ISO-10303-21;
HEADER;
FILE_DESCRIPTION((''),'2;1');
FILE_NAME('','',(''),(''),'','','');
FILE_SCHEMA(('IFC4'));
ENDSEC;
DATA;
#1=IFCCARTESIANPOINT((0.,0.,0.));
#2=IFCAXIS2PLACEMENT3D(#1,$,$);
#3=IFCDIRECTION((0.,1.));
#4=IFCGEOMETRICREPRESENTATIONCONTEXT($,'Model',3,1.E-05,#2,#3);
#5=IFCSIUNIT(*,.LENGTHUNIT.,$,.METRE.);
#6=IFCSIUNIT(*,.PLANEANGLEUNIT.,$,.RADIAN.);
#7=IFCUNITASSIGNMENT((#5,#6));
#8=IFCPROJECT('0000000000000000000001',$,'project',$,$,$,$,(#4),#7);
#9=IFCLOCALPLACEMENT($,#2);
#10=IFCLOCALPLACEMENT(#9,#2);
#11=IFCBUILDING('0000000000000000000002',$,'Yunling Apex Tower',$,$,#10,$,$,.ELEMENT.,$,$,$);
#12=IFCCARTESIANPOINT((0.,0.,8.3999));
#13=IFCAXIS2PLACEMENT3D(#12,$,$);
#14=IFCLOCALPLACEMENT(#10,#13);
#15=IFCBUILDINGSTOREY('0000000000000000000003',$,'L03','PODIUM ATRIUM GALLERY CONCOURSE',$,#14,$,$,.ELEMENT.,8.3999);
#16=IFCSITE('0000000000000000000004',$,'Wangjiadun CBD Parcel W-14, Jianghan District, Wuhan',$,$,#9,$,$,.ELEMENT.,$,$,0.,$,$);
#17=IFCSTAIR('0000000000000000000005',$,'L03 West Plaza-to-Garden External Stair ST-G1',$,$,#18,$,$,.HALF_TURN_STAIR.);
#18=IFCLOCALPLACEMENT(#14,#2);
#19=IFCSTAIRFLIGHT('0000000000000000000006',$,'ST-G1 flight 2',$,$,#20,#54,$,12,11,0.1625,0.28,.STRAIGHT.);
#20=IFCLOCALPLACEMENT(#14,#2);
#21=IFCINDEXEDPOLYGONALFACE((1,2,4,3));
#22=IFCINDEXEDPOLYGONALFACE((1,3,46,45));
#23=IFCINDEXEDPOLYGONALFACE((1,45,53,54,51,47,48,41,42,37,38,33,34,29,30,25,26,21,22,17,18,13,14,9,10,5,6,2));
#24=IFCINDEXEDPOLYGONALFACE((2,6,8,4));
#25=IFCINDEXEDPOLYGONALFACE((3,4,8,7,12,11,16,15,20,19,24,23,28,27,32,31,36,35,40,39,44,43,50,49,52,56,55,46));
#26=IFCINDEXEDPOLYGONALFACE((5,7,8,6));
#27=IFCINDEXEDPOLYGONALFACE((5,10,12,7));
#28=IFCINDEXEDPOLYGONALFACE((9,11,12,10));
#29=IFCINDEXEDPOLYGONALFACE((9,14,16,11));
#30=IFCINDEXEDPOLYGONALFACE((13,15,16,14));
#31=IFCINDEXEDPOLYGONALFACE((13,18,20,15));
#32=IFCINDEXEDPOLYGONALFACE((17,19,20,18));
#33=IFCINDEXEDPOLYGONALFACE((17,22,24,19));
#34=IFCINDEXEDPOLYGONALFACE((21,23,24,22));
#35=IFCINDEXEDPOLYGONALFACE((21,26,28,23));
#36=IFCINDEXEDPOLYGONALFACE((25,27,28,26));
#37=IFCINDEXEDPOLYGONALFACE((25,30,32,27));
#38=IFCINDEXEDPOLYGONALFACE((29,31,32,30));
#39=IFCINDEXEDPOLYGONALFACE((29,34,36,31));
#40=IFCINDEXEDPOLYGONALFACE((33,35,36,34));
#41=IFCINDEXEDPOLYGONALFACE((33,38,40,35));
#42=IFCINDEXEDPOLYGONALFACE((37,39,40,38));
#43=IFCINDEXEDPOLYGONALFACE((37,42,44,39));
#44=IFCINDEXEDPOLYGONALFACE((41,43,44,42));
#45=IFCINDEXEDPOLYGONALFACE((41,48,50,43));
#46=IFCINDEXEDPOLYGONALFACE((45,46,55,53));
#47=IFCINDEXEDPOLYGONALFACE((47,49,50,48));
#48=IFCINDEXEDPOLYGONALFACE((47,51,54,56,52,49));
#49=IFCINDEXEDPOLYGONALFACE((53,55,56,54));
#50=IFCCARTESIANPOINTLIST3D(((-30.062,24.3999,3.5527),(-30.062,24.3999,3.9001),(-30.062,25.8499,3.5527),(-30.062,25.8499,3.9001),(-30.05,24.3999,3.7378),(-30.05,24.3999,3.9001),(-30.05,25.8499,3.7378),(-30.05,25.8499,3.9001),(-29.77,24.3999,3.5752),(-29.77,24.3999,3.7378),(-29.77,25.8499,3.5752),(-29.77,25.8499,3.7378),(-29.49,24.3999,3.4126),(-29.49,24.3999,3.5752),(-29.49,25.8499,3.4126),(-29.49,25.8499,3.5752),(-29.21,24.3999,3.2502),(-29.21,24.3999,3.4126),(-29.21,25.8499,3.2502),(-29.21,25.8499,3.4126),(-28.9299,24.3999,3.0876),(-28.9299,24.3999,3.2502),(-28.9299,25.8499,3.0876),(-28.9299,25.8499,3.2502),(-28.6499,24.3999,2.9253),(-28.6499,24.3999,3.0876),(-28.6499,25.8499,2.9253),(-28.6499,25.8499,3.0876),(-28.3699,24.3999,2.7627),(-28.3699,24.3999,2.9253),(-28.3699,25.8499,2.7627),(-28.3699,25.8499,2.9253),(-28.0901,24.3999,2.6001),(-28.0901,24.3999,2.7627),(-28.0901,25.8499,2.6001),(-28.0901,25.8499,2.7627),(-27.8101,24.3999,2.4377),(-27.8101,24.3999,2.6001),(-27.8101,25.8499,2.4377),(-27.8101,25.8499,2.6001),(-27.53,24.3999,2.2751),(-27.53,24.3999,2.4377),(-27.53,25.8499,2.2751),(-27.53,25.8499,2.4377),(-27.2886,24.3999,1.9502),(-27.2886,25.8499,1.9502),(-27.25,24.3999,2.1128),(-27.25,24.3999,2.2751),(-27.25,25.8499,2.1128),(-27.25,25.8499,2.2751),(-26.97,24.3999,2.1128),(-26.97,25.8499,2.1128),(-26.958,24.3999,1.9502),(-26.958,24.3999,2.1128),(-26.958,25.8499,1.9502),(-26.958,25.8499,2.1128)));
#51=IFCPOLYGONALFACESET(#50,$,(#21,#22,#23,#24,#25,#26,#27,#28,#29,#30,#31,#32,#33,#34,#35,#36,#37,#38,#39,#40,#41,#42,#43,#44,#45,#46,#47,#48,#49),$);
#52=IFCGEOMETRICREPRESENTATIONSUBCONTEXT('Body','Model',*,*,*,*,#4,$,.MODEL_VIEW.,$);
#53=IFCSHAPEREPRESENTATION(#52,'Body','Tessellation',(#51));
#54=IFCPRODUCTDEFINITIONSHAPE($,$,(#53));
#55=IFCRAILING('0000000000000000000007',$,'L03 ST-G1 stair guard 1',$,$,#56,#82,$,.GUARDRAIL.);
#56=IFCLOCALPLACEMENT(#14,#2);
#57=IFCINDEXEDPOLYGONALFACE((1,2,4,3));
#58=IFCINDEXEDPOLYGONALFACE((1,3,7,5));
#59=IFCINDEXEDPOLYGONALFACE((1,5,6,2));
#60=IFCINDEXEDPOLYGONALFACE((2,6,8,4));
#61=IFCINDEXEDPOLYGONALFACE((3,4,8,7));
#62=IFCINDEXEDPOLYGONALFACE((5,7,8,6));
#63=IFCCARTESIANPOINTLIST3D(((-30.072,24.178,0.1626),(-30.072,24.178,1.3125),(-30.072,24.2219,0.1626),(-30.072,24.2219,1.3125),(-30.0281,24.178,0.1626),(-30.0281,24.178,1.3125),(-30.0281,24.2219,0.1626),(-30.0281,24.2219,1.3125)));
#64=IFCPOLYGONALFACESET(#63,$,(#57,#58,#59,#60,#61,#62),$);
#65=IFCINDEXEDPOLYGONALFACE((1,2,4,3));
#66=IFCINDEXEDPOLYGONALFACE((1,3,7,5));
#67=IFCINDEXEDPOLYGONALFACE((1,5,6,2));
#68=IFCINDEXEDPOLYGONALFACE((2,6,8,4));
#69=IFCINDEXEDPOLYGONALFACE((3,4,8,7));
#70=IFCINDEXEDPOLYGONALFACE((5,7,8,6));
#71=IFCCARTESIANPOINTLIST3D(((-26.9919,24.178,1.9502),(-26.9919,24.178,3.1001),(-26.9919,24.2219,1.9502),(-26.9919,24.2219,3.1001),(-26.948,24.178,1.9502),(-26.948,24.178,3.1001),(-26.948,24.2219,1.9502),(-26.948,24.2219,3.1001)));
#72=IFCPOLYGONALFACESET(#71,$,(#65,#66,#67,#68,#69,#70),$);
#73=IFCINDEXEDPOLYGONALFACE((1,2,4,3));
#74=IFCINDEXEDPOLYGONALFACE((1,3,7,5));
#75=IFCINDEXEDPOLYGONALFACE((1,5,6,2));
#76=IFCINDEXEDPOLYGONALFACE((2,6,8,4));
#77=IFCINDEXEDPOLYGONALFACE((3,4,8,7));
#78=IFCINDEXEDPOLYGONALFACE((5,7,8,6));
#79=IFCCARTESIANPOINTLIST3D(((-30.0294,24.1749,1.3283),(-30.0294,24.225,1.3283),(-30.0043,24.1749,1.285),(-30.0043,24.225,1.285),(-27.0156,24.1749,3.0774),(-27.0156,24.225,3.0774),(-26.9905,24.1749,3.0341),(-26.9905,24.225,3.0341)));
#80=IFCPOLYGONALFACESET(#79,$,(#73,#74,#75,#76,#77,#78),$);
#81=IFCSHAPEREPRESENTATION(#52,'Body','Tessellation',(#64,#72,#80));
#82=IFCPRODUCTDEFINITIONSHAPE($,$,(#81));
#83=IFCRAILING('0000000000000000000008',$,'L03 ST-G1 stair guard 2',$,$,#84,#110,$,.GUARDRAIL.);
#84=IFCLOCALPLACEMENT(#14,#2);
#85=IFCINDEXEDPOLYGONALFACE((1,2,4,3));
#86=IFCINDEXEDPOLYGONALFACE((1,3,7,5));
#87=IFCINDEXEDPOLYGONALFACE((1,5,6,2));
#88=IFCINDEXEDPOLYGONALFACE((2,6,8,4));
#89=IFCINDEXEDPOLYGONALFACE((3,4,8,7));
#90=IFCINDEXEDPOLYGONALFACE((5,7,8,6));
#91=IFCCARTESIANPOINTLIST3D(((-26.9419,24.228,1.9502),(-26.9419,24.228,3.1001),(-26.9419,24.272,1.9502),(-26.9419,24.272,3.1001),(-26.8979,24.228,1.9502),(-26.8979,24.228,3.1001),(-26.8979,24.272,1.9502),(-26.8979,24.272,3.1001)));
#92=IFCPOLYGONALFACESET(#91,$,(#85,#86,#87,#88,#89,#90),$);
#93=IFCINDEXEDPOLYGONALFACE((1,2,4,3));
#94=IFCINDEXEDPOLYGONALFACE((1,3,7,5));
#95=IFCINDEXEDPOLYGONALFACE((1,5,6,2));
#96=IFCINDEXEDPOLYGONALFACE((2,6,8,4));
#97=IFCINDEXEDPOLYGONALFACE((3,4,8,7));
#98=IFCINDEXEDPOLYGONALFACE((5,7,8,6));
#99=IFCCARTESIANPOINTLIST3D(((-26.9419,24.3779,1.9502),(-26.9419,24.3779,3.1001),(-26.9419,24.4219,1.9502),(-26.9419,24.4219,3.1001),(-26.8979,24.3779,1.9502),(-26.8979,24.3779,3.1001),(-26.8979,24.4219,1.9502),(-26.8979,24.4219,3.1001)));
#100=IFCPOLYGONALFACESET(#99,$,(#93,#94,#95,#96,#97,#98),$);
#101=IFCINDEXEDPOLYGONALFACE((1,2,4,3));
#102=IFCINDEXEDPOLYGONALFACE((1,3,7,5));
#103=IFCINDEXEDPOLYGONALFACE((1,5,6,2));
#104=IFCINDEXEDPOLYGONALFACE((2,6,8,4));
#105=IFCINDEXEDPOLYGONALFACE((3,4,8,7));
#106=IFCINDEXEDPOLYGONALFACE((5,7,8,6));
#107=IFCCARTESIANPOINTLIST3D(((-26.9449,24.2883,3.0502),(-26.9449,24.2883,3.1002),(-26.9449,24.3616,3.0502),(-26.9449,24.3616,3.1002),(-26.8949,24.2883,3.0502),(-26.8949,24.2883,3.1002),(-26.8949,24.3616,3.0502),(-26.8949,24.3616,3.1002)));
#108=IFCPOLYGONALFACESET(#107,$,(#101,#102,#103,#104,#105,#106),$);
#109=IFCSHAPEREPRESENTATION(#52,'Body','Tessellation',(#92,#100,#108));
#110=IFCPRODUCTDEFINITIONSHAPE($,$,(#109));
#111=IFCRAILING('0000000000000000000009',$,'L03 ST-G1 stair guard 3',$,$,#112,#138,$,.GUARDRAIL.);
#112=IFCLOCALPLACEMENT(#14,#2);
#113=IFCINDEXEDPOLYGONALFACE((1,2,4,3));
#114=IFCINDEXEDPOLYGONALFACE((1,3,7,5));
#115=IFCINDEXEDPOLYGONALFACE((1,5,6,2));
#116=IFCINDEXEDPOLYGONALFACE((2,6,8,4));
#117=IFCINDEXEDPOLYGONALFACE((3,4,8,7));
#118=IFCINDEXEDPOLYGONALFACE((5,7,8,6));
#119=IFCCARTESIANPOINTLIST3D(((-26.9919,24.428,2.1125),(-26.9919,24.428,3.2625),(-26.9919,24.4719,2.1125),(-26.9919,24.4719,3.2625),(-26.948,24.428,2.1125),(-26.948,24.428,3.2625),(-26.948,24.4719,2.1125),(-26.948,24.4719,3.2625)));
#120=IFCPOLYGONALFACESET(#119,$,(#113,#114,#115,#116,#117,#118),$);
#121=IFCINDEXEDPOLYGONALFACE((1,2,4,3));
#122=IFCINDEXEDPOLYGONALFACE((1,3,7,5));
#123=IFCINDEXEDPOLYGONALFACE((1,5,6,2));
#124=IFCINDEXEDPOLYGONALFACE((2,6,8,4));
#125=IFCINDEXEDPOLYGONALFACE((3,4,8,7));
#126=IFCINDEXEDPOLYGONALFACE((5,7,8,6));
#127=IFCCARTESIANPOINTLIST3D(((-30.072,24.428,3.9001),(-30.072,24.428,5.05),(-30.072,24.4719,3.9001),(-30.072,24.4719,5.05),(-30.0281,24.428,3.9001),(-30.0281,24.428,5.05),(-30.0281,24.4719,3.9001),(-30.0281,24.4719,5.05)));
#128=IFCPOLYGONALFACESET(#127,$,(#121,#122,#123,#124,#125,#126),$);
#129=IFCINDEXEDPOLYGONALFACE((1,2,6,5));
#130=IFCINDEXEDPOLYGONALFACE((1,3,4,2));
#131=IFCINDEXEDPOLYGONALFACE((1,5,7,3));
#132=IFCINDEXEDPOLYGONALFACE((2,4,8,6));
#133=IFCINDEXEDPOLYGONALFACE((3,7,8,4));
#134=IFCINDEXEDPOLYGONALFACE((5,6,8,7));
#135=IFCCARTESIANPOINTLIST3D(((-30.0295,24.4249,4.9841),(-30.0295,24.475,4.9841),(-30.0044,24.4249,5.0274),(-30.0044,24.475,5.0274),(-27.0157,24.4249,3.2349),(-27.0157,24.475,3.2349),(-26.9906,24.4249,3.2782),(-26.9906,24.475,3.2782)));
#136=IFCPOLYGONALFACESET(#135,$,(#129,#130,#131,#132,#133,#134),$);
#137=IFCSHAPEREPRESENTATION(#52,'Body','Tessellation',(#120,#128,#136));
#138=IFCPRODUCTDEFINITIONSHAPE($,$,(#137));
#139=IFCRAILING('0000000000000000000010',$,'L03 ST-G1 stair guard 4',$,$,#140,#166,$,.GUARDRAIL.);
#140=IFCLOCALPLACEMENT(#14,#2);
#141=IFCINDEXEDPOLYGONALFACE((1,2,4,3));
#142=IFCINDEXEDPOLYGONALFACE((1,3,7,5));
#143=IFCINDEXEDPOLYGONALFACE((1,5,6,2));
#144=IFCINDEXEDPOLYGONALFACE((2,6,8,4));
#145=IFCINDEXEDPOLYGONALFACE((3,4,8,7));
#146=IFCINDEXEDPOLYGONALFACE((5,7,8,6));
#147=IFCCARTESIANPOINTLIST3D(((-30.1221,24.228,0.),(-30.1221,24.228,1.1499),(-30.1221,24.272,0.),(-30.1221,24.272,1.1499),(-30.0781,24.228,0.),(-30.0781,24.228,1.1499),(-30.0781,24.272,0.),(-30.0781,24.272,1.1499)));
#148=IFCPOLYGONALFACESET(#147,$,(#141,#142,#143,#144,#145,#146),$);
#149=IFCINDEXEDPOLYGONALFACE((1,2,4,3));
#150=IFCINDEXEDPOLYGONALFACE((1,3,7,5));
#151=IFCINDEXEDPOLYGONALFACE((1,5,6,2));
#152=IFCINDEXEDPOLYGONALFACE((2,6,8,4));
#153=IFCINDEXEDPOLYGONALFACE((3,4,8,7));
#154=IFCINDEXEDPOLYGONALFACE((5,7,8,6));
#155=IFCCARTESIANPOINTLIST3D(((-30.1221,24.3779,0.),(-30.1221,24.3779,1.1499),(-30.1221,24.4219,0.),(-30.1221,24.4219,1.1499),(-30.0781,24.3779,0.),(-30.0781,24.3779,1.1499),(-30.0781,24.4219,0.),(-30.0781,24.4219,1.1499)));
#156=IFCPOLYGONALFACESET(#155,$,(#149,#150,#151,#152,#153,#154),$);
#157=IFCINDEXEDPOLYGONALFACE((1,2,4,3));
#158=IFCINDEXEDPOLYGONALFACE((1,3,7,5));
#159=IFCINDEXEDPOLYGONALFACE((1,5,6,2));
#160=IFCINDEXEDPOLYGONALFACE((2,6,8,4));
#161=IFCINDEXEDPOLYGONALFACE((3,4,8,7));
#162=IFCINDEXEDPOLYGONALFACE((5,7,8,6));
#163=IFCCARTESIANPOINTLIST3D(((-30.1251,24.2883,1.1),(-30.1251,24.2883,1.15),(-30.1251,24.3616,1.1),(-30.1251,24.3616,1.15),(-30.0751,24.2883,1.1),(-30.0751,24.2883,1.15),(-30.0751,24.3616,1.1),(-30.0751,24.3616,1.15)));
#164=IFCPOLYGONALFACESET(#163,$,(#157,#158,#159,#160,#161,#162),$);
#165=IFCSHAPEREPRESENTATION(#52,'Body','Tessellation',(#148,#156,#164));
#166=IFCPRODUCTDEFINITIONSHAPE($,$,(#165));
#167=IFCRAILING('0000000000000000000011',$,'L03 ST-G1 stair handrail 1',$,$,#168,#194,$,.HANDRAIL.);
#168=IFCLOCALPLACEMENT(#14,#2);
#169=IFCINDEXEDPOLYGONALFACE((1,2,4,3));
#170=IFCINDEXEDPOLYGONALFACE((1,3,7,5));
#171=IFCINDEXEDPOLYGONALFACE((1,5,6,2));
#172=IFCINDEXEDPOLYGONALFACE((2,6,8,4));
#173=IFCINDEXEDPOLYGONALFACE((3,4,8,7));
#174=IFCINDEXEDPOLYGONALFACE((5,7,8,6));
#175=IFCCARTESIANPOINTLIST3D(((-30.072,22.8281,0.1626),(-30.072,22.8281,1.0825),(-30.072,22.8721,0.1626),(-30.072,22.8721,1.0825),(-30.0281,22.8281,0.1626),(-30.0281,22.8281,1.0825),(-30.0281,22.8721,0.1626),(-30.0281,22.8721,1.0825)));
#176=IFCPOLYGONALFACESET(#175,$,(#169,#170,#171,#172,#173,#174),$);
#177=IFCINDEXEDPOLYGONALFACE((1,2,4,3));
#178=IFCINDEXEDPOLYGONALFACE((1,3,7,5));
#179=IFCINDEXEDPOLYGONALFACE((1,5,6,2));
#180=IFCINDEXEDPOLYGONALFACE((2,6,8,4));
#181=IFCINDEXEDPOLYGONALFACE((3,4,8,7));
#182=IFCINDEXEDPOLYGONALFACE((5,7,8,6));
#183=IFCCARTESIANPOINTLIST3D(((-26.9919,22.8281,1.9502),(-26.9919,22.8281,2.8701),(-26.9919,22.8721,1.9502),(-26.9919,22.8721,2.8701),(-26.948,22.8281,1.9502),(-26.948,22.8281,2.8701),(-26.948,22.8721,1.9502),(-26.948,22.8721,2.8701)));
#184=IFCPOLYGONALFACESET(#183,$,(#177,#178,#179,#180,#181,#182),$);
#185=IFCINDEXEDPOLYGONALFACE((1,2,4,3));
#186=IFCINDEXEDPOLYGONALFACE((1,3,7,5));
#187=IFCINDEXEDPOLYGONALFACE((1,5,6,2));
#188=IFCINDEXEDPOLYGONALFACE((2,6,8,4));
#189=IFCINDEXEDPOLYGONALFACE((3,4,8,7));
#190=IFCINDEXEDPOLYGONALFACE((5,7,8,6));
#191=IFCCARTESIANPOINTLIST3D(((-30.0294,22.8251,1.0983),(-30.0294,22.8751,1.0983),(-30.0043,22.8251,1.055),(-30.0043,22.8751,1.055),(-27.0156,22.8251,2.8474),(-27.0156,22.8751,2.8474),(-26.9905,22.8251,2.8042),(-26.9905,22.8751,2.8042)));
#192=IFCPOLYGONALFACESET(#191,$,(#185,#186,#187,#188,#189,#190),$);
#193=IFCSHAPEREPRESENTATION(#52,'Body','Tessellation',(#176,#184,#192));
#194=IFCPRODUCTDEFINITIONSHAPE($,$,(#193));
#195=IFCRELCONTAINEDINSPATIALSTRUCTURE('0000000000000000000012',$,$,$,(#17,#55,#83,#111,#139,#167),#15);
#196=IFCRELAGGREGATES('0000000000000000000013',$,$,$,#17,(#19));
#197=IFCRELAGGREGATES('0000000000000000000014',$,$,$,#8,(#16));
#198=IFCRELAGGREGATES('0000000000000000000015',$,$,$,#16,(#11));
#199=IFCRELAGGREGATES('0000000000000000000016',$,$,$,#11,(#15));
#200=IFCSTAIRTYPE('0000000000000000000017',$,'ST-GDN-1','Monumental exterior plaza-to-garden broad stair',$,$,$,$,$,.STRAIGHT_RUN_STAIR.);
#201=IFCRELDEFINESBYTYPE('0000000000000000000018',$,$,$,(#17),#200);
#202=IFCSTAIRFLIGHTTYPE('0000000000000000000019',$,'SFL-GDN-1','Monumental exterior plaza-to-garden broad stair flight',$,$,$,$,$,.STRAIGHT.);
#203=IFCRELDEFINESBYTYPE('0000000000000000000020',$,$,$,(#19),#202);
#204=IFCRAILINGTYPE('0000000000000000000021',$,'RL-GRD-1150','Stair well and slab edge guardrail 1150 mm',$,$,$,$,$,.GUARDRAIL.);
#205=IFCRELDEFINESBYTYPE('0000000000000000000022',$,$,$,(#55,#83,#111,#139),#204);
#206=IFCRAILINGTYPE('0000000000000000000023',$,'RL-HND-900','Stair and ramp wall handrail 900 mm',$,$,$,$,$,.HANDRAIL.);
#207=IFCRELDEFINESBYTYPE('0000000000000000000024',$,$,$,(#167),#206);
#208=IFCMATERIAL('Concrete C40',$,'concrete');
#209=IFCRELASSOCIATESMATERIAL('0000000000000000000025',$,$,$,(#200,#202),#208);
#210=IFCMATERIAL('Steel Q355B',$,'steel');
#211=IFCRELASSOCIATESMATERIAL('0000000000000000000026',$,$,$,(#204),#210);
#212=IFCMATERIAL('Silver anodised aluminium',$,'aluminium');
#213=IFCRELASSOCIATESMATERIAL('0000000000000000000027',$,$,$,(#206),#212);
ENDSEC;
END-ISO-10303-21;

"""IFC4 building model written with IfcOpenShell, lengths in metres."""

from ifc_helpers import new_model, si_unit, direction, frame, origin, origin_2d, place, context, subcontext, project, spatial, polyline, rectangle, outline, extrude, material, type_object, element, aggregate, save


model = new_model("IFC4")

# Units and contexts
model_context = context("Model", 3, precision=1e-05, world=origin(), true_north=direction((0.0, 1.0)))
body_context = subcontext(model_context, "Body", "Model", "MODEL_VIEW")
ifc_project = project(units=[si_unit("LENGTHUNIT", "METRE"), si_unit("PLANEANGLEUNIT", "RADIAN")], contexts=[model_context])

# Site, building, storey
site_placement = place(None, origin())
site = spatial("IfcSite", under=ifc_project, at=site_placement, Name="Wangjiadun CBD Parcel W-14, Jianghan District, Wuhan", CompositionType="ELEMENT", RefElevation=0.0)
building_placement = place(site_placement, origin())
building = spatial("IfcBuilding", under=site, at=building_placement, Name="Yunling Apex Tower", CompositionType="ELEMENT")
storey_placement = place(building_placement, frame((0.0, 0.0, 8.3999)))
storey = spatial("IfcBuildingStorey", under=building, at=storey_placement, Name="L03", Description="PODIUM ATRIUM GALLERY CONCOURSE", CompositionType="ELEMENT", Elevation=8.3999)

# Shared definitions
ifc_material_1 = material(Name="Steel Q355B", Category="steel")

# Shared definitions
ifc_material_2 = material(Name="Concrete C40", Category="concrete")

# Stair, stair flight
stair_type = type_object("IfcStairType", Name="ST-GDN-1", Description="Monumental exterior plaza-to-garden broad stair", PredefinedType="STRAIGHT_RUN_STAIR", material=ifc_material_2)
stair_placement = place(storey_placement, origin())
stair = element("IfcStair", 1, at=stair_placement, inside=storey, type_object=stair_type, Name="L03 West Plaza-to-Garden External Stair ST-G1", PredefinedType="HALF_TURN_STAIR")
stair_flight_type = type_object("IfcStairFlightType", Name="SFL-GDN-1", Description="Monumental exterior plaza-to-garden broad stair flight", PredefinedType="STRAIGHT", material=ifc_material_2)
stair_flight_1_placement = place(storey_placement, frame((-26.97, 25.125, 1.9502), z_axis=(0.0, 0.0, 1.0), x_axis=(-1.0, 0.0, 0.0)))
stair_flight_1 = element("IfcStairFlight", 2, at=stair_flight_1_placement, type_object=stair_flight_type, Name="ST-G1 flight 2", NumberOfRisers=12, NumberOfTreads=11, PredefinedType="STRAIGHT", RiserHeight=0.1625, TreadLength=0.28, context=body_context, shape_type="SweptSolid", body=[
    extrude(outline(polyline([(-0.012, 0.0), (-0.012, 0.1626), (0.0, 0.1626), (0.28, 0.1626), (0.28, 0.325), (0.5601, 0.325), (0.5601, 0.4875), (0.8401, 0.4875), (0.8401, 0.6499), (1.1201, 0.6499), (1.1201, 0.8125), (1.3999, 0.8125), (1.3999, 0.9751), (1.6799, 0.9751), (1.6799, 1.1375), (1.96, 1.1375), (1.96, 1.3), (2.24, 1.3), (2.24, 1.4624), (2.52, 1.4624), (2.52, 1.625), (2.8, 1.625), (2.8, 1.7876), (3.0801, 1.7876), (3.0801, 1.95), (3.092, 1.95), (3.092, 1.6025), (0.3186, 0.0), (-0.012, 0.0)])), frame((0.0, 0.7251, 0.0), z_axis=(0.0, -1.0, 0.0), x_axis=(1.0, 0.0, 0.0)), (0.0, 0.0, 1.0), 1.45),
])
aggregate(stair, [stair_flight_1])

# Railings
railing_type_1 = type_object("IfcRailingType", Name="RL-GRD-1150", Description="Stair well and slab edge guardrail 1150 mm", PredefinedType="GUARDRAIL", material=ifc_material_1)
railing_1_placement = place(storey_placement, frame((-30.05, 24.2, 0.1626)))
element("IfcRailing", 3, at=railing_1_placement, inside=storey, type_object=railing_type_1, Name="L03 ST-G1 stair guard 1", PredefinedType="GUARDRAIL", context=body_context, shape_type="SweptSolid", body=[
    extrude(rectangle(XDim=0.0439, YDim=0.0439, at=origin_2d()), origin(), (0.0, 0.0, 1.0), 1.1499),
    extrude(rectangle(XDim=0.0439, YDim=0.0439, at=origin_2d()), frame((3.0801, 0.0, 1.7876)), (0.0, 0.0, 1.0), 1.1499),
    extrude(rectangle(XDim=0.05, YDim=0.05, at=origin_2d()), frame((0.0332, 0.0, 1.144), z_axis=(0.864891, 0.0, 0.50196), x_axis=(0.0, 1.0, 0.0)), (0.0, 0.0, 1.0), 3.4846),
])
railing_2_placement = place(storey_placement, frame((-26.9199, 24.25, 1.9502)))
element("IfcRailing", 4, at=railing_2_placement, inside=storey, type_object=railing_type_1, Name="L03 ST-G1 stair guard 2", PredefinedType="GUARDRAIL", context=body_context, shape_type="SweptSolid", body=[
    extrude(rectangle(XDim=0.0439, YDim=0.0439, at=origin_2d()), origin(), (0.0, 0.0, 1.0), 1.1499),
    extrude(rectangle(XDim=0.0439, YDim=0.0439, at=origin_2d()), frame((0.0, 0.1499, 0.0)), (0.0, 0.0, 1.0), 1.1499),
    extrude(rectangle(XDim=0.05, YDim=0.05, at=origin_2d()), frame((0.0, 0.0383, 1.125), z_axis=(0.0, 1.0, 0.0), x_axis=(-1.0, 0.0, 0.0)), (0.0, 0.0, 1.0), 0.0732),
])
railing_3_placement = place(storey_placement, frame((-26.97, 24.45, 2.1125)))
element("IfcRailing", 5, at=railing_3_placement, inside=storey, type_object=railing_type_1, Name="L03 ST-G1 stair guard 3", PredefinedType="GUARDRAIL", context=body_context, shape_type="SweptSolid", body=[
    extrude(rectangle(XDim=0.0439, YDim=0.0439, at=origin_2d()), origin(), (0.0, 0.0, 1.0), 1.1499),
    extrude(rectangle(XDim=0.0439, YDim=0.0439, at=origin_2d()), frame((-3.0801, 0.0, 1.7876)), (0.0, 0.0, 1.0), 1.1499),
    extrude(rectangle(XDim=0.05, YDim=0.05, at=origin_2d()), frame((-0.0332, 0.0, 1.144), z_axis=(-0.864891, 0.0, 0.50196), x_axis=(0.0, -1.0, 0.0)), (0.0, 0.0, 1.0), 3.4846),
])
railing_4_placement = place(storey_placement, frame((-30.1001, 24.25, 0.0)))
element("IfcRailing", 6, at=railing_4_placement, inside=storey, type_object=railing_type_1, Name="L03 ST-G1 stair guard 4", PredefinedType="GUARDRAIL", context=body_context, shape_type="SweptSolid", body=[
    extrude(rectangle(XDim=0.0439, YDim=0.0439, at=origin_2d()), origin(), (0.0, 0.0, 1.0), 1.1499),
    extrude(rectangle(XDim=0.0439, YDim=0.0439, at=origin_2d()), frame((0.0, 0.1499, 0.0)), (0.0, 0.0, 1.0), 1.1499),
    extrude(rectangle(XDim=0.05, YDim=0.05, at=origin_2d()), frame((0.0, 0.0383, 1.125), z_axis=(0.0, 1.0, 0.0), x_axis=(-1.0, 0.0, 0.0)), (0.0, 0.0, 1.0), 0.0732),
])
ifc_material_3 = material(Name="Silver anodised aluminium", Category="aluminium")
railing_type_2 = type_object("IfcRailingType", Name="RL-HND-900", Description="Stair and ramp wall handrail 900 mm", PredefinedType="HANDRAIL", material=ifc_material_3)
railing_5_placement = place(storey_placement, frame((-30.05, 22.8501, 0.1626)))
element("IfcRailing", 7, at=railing_5_placement, inside=storey, type_object=railing_type_2, Name="L03 ST-G1 stair handrail 1", PredefinedType="HANDRAIL", context=body_context, shape_type="SweptSolid", body=[
    extrude(rectangle(XDim=0.0439, YDim=0.0439, at=origin_2d()), origin(), (0.0, 0.0, 1.0), 0.9199),
    extrude(rectangle(XDim=0.0439, YDim=0.0439, at=origin_2d()), frame((3.0801, 0.0, 1.7876)), (0.0, 0.0, 1.0), 0.9199),
    extrude(rectangle(XDim=0.05, YDim=0.05, at=origin_2d()), frame((0.0332, 0.0, 0.9141), z_axis=(0.864891, 0.0, 0.50196), x_axis=(0.0, 1.0, 0.0)), (0.0, 0.0, 1.0), 3.4846),
])

save(model, "model.ifc")
